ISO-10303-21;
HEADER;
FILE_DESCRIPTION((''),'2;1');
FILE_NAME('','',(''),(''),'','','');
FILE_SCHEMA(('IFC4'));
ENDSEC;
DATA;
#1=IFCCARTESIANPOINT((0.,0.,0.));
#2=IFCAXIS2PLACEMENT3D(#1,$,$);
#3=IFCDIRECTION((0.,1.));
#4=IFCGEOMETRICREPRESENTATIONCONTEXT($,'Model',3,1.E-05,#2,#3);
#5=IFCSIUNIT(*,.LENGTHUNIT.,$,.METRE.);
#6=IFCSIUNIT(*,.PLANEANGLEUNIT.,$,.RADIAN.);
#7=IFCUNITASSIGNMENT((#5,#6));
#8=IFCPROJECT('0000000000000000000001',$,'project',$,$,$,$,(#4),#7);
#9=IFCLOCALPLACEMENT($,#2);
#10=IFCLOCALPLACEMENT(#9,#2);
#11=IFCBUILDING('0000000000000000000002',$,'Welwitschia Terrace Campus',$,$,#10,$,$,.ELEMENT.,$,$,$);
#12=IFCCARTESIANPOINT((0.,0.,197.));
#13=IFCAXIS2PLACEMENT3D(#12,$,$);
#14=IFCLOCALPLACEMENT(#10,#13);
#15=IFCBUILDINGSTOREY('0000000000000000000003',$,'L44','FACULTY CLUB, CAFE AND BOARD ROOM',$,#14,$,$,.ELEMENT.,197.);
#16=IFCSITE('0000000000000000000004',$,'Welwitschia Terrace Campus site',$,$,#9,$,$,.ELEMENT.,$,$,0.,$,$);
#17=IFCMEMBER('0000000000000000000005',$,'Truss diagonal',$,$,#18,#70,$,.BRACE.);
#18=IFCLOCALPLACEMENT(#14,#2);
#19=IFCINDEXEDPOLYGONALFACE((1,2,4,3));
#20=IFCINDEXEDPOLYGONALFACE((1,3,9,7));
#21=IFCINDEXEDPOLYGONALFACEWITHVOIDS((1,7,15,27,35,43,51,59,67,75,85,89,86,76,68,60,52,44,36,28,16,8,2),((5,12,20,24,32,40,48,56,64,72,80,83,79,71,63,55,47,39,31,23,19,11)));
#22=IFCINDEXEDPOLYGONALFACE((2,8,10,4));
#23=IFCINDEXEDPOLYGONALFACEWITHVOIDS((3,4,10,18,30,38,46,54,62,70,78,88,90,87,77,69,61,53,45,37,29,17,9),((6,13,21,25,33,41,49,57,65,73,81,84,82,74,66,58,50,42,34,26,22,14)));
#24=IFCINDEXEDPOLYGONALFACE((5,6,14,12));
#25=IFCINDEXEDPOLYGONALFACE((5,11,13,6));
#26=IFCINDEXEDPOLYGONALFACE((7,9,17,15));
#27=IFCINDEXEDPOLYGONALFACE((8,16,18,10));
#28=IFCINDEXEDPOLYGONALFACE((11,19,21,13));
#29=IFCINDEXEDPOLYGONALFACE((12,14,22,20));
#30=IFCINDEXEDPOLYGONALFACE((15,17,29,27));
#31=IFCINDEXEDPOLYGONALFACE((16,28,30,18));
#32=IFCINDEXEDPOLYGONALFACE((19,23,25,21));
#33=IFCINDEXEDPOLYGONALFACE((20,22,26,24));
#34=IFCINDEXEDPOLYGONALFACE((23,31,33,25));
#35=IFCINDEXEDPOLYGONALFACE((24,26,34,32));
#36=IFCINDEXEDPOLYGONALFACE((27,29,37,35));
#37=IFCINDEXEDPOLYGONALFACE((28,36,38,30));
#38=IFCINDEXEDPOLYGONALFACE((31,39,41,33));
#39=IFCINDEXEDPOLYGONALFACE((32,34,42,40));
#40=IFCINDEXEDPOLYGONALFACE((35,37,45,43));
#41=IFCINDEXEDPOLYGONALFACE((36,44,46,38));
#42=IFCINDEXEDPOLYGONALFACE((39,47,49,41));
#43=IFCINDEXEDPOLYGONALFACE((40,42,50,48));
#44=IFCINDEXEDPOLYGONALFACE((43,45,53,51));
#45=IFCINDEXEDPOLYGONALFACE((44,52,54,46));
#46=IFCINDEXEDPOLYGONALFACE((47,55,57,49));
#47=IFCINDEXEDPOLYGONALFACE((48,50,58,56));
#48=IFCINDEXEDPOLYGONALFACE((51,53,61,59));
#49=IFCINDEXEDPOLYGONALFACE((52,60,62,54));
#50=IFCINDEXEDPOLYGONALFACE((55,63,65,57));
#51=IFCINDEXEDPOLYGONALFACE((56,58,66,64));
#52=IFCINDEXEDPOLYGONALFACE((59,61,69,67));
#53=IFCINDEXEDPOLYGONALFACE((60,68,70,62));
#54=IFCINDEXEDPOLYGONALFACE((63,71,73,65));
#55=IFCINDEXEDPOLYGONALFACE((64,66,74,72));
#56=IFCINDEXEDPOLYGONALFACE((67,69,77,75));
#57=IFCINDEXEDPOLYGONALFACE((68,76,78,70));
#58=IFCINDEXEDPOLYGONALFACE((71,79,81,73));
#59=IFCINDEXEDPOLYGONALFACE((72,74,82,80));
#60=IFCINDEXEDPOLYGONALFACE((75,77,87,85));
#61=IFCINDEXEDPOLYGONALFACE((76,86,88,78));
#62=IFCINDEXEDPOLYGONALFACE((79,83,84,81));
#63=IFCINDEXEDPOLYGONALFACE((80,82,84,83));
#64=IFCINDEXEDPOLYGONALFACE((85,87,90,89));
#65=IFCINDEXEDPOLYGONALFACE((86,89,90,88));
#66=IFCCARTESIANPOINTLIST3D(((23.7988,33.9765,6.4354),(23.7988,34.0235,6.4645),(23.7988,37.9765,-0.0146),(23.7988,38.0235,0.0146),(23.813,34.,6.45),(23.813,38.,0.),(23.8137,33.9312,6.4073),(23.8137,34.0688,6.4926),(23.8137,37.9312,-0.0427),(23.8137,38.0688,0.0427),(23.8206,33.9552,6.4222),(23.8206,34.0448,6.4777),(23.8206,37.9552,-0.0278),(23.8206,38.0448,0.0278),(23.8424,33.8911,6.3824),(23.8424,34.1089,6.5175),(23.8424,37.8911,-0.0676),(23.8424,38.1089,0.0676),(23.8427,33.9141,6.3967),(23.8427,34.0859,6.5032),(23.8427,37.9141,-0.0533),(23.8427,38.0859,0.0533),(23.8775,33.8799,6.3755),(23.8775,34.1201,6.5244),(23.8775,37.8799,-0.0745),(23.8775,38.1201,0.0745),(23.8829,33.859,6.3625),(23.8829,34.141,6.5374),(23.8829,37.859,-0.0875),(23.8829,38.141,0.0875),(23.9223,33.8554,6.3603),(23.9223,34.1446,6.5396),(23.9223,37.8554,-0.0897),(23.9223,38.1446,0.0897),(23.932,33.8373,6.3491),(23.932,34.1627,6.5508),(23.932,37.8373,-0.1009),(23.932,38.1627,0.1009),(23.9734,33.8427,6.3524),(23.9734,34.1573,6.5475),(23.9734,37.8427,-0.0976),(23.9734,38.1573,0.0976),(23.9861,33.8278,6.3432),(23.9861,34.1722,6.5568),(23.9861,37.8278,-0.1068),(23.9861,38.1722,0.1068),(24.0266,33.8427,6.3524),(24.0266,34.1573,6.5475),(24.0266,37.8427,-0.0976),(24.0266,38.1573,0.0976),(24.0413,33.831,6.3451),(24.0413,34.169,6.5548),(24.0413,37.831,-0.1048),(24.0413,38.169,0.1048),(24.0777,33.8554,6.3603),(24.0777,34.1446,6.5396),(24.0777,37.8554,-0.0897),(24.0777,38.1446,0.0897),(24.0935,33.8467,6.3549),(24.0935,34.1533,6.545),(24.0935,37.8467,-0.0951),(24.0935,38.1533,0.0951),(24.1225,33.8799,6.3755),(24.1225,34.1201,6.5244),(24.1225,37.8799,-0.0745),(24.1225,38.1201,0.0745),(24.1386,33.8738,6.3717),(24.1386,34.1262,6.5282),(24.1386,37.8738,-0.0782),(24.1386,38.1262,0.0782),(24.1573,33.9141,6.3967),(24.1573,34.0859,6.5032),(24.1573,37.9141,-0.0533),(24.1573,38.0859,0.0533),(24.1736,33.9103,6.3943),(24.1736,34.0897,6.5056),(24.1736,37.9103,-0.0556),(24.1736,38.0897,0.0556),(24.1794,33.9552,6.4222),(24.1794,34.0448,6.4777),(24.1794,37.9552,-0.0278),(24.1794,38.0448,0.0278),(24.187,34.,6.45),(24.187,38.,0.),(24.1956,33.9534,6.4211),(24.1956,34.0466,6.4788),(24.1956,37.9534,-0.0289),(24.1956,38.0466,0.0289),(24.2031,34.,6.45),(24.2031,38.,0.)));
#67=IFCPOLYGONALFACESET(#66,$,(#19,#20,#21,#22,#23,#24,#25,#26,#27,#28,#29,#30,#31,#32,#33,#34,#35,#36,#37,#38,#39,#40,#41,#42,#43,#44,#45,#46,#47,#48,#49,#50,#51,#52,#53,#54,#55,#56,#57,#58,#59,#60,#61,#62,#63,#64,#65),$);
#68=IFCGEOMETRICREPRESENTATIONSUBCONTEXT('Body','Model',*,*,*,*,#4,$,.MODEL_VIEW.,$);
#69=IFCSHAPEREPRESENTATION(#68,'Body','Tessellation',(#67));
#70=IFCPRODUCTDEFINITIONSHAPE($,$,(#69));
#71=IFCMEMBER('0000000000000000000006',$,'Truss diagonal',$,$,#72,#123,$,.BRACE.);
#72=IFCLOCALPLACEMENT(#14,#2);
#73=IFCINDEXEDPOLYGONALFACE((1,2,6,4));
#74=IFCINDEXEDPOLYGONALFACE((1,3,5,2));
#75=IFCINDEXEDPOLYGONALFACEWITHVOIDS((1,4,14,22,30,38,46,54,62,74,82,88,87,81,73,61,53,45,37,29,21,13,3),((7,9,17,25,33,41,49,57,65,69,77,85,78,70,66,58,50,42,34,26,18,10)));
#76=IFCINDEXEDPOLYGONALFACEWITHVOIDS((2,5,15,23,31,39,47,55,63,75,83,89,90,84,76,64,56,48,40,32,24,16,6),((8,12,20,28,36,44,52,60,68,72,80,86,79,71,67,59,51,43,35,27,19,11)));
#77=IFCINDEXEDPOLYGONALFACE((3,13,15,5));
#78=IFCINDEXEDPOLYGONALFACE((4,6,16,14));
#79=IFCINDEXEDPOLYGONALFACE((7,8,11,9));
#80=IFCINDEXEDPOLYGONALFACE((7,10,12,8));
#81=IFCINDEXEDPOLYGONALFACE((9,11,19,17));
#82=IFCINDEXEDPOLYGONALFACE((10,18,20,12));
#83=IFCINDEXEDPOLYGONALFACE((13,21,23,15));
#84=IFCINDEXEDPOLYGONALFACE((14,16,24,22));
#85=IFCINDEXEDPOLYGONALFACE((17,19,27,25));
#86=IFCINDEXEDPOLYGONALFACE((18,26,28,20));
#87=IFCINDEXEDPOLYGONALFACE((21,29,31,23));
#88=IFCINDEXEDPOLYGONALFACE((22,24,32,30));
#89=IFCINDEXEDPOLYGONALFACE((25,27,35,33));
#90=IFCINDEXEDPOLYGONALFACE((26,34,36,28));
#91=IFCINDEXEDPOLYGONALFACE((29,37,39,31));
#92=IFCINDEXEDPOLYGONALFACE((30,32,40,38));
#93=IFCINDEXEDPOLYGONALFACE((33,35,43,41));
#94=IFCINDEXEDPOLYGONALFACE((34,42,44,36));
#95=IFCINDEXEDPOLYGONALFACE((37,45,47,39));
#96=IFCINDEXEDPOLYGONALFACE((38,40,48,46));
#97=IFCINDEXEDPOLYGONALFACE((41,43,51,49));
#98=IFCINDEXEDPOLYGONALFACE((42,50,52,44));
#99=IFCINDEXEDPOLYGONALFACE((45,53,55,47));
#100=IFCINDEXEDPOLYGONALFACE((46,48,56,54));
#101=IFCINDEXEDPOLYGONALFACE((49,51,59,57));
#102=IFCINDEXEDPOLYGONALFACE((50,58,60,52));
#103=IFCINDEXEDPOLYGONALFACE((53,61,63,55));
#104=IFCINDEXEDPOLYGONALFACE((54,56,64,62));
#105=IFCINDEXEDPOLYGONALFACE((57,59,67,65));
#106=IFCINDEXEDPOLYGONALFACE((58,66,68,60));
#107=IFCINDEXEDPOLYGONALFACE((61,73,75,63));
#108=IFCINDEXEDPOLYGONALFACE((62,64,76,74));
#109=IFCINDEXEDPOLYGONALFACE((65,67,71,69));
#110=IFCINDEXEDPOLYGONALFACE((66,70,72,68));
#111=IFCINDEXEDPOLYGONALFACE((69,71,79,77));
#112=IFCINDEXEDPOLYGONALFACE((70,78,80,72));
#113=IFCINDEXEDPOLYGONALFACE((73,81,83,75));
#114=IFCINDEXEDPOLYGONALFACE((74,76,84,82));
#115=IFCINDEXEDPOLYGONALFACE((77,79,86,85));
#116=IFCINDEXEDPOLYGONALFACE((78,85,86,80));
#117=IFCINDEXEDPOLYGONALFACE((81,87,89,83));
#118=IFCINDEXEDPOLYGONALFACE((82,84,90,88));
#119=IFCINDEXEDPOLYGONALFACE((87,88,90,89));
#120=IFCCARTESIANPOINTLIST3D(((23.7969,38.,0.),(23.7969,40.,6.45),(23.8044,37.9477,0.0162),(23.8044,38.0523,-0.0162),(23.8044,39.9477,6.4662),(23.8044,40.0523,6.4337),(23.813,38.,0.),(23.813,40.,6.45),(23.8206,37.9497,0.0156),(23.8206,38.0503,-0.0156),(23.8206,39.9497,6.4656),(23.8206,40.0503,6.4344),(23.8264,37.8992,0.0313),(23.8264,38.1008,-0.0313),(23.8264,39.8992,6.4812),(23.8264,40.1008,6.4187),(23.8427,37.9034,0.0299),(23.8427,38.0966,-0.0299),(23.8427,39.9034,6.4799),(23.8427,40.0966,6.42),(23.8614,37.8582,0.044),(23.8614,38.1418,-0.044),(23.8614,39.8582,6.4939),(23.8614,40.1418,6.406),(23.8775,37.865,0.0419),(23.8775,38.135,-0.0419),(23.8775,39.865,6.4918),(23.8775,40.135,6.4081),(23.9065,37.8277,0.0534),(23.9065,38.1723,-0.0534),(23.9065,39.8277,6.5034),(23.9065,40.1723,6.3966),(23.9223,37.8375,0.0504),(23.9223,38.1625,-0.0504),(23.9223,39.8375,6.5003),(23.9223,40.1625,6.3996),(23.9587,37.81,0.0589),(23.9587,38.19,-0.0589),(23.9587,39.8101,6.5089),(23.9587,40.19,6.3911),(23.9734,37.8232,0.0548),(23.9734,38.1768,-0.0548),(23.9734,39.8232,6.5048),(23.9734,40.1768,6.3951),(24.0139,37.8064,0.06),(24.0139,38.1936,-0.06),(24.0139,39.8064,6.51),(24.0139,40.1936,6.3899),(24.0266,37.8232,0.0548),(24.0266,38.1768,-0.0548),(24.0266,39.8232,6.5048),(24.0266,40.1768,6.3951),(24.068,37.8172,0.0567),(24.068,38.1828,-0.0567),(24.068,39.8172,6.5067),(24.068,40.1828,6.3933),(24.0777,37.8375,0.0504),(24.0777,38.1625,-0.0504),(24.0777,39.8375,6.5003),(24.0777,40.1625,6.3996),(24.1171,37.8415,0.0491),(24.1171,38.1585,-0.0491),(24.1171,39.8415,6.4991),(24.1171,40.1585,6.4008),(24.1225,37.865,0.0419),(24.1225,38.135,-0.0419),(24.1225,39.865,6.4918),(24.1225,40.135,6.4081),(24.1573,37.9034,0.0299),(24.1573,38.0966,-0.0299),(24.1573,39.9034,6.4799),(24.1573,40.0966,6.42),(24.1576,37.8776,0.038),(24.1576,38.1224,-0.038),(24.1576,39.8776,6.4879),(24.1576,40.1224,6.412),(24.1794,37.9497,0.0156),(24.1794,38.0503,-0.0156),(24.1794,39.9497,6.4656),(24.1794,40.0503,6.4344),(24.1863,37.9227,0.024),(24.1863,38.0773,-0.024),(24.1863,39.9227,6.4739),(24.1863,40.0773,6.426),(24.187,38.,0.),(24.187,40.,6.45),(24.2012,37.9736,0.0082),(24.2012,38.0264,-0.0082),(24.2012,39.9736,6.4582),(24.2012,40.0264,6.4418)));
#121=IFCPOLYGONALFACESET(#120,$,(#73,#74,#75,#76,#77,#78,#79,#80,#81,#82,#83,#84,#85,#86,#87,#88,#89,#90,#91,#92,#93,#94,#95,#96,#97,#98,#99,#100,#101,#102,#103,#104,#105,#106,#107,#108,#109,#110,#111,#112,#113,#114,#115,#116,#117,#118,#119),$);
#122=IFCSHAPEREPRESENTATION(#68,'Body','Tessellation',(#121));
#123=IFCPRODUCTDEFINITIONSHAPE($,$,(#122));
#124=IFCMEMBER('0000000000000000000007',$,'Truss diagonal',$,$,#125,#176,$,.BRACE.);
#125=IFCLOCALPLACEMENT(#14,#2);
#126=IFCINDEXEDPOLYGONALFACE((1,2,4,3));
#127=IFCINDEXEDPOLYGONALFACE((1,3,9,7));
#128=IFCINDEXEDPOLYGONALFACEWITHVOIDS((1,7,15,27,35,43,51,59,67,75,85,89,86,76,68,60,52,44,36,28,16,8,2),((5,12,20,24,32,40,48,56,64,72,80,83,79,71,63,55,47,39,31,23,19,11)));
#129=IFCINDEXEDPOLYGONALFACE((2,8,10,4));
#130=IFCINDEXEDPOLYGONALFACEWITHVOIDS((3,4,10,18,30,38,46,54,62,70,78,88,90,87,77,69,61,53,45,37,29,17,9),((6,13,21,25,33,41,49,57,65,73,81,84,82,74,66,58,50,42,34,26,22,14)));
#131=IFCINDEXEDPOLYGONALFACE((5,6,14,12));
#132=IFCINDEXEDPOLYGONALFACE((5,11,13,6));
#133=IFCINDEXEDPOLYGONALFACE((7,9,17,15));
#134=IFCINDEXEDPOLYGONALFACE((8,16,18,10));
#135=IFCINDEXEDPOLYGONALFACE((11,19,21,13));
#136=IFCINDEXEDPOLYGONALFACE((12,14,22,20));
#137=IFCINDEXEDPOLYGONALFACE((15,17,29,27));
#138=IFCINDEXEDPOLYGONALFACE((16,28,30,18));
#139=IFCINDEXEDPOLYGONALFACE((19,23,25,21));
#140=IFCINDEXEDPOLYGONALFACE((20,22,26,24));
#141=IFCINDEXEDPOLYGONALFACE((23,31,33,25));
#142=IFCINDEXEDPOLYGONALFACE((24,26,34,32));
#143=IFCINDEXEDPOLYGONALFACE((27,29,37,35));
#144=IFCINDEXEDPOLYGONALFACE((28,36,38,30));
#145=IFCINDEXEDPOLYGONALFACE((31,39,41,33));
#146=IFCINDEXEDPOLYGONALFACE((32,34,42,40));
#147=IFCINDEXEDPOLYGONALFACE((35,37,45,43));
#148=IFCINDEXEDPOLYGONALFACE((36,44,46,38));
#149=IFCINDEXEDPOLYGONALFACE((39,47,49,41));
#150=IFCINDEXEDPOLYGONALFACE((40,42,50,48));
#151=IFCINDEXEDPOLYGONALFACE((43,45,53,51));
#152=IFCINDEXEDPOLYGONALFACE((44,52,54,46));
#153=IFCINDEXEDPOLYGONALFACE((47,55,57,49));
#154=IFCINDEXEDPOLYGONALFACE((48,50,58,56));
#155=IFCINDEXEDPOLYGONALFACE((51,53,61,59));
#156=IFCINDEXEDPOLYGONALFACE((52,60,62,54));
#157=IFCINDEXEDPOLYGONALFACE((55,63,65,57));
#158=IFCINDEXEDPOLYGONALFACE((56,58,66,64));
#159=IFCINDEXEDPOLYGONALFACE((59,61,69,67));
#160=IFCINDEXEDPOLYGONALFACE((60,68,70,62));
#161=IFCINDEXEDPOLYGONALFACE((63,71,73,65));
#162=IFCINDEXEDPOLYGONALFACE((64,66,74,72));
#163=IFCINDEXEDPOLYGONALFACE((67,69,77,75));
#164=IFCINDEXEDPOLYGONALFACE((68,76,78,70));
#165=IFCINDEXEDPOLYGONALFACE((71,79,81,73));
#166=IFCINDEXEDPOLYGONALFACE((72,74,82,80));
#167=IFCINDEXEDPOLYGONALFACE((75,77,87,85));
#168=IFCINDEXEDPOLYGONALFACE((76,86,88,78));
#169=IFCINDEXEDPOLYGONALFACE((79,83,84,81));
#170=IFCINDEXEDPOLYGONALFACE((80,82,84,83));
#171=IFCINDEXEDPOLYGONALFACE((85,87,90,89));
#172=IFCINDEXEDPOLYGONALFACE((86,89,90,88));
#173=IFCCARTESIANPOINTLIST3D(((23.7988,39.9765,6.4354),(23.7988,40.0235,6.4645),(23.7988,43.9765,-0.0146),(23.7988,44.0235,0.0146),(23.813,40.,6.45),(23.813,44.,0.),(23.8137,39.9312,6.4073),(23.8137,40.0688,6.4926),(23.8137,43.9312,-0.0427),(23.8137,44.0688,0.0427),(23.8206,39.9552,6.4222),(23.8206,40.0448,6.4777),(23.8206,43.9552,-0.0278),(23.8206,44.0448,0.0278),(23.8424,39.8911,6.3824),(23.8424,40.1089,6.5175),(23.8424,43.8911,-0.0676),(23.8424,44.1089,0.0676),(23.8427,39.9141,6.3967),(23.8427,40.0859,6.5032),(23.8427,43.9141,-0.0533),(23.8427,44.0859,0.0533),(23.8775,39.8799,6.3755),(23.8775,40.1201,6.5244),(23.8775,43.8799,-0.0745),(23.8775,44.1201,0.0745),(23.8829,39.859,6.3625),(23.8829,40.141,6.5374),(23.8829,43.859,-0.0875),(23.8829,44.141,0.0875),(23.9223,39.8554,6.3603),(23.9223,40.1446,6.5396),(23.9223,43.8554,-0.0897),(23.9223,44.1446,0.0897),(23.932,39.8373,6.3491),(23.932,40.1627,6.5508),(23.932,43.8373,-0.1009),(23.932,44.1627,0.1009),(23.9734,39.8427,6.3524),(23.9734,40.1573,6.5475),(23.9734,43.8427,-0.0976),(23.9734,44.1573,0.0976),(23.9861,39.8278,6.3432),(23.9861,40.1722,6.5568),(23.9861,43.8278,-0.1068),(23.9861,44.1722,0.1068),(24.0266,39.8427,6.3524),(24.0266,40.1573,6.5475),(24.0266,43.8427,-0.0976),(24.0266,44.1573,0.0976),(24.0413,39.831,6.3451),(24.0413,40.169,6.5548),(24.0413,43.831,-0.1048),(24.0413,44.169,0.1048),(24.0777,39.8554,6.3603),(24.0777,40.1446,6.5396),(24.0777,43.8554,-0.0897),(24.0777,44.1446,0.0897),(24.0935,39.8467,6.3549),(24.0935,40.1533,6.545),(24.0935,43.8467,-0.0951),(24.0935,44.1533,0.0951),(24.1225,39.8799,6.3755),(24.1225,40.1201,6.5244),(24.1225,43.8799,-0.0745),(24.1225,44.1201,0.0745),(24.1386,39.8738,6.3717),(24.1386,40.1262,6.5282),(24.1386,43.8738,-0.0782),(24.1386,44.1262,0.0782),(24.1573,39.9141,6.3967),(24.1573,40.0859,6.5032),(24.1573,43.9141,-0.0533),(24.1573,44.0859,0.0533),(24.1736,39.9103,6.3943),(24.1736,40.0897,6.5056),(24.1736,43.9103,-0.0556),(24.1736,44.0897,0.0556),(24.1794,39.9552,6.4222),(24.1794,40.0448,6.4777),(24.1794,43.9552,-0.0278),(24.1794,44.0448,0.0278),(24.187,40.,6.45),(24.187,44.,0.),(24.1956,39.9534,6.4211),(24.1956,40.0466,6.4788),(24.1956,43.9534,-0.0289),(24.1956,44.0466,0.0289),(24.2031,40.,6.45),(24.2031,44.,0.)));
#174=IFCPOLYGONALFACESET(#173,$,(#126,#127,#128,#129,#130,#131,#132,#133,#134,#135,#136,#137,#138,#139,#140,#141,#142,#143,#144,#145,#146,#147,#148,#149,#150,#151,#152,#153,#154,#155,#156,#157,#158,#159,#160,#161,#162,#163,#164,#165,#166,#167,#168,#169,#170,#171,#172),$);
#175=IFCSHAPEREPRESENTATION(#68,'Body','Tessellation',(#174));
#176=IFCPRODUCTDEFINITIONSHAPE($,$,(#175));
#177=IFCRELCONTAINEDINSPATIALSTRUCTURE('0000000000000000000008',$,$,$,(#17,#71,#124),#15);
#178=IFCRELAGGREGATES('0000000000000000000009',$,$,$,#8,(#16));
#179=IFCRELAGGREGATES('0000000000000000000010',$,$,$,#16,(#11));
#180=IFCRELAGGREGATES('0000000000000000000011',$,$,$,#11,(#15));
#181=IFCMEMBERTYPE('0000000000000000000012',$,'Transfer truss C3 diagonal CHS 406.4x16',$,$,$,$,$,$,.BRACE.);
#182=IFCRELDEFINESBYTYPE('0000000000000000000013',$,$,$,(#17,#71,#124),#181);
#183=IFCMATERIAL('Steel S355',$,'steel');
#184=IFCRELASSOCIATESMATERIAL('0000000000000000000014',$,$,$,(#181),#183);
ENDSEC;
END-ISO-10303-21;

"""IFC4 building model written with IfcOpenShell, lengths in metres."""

from ifc_helpers import new_model, si_unit, direction, frame, origin, origin_2d, place, context, subcontext, project, spatial, hollow_circle, extrude, material, material_profile, profile_set, type_object, element, save


model = new_model("IFC4")

# Units and contexts
model_context = context("Model", 3, precision=1e-05, world=origin(), true_north=direction((0.0, 1.0)))
body_context = subcontext(model_context, "Body", "Model", "MODEL_VIEW")
ifc_project = project(units=[si_unit("LENGTHUNIT", "METRE"), si_unit("PLANEANGLEUNIT", "RADIAN")], contexts=[model_context])

# Site, building, storey
site_placement = place(None, origin())
site = spatial("IfcSite", under=ifc_project, at=site_placement, Name="Welwitschia Terrace Campus site", CompositionType="ELEMENT", RefElevation=0.0)
building_placement = place(site_placement, origin())
building = spatial("IfcBuilding", under=site, at=building_placement, Name="Welwitschia Terrace Campus", CompositionType="ELEMENT")
storey_placement = place(building_placement, frame((0.0, 0.0, 197.0)))
storey = spatial("IfcBuildingStorey", under=building, at=storey_placement, Name="L44", Description="FACULTY CLUB, CAFE AND BOARD ROOM", CompositionType="ELEMENT", Elevation=197.0)

# Members
ifc_material_1 = material(Name="Steel S355", Category="steel")
ifc_material_profile_1 = material_profile(ifc_material_1, hollow_circle(Radius=0.2031, WallThickness=0.0161, at=origin_2d()))
ifc_profile_set_1 = profile_set([ifc_material_profile_1], Name="Steel S355")
member_type_1 = type_object("IfcMemberType", Name="Transfer truss C3 diagonal CHS 406.4x16", PredefinedType="BRACE", material=ifc_profile_set_1)
for number, where, z_axis, x_axis, name in (
    (1, (24.0, 38.0, 0.0), (0.0, -0.527038, 0.849842), (1.0, 0.0, 0.0), "Truss diagonal"),
):
    element("IfcMember", number, at=place(storey_placement, frame(where, z_axis=z_axis, x_axis=x_axis)), inside=storey, type_object=member_type_1, Name=name, PredefinedType="BRACE", context=body_context, shape_type="SweptSolid", body=[
        extrude(hollow_circle(Radius=0.2031, WallThickness=0.0161, at=origin_2d()), origin(), (0.0, 0.0, 1.0), 7.5896),
    ])
member_1_placement = place(storey_placement, frame((24.0, 38.0, 0.0), z_axis=(0.0, 0.296168, 0.955136), x_axis=(-1.0, 0.0, 0.0)))
element("IfcMember", 2, at=member_1_placement, inside=storey, type_object=member_type_1, Name="Truss diagonal", PredefinedType="BRACE", context=body_context, shape_type="SweptSolid", body=[
    extrude(hollow_circle(Radius=0.2031, WallThickness=0.0161, at=origin_2d()), origin(), (0.0, 0.0, 1.0), 6.7529),
])
member_2_placement = place(storey_placement, frame((24.0, 44.0, 0.0), z_axis=(0.0, -0.527038, 0.849842), x_axis=(1.0, 0.0, 0.0)))
element("IfcMember", 3, at=member_2_placement, inside=storey, type_object=member_type_1, Name="Truss diagonal", PredefinedType="BRACE", context=body_context, shape_type="SweptSolid", body=[
    extrude(hollow_circle(Radius=0.2031, WallThickness=0.0161, at=origin_2d()), origin(), (0.0, 0.0, 1.0), 7.5896),
])

save(model, "model.ifc")
